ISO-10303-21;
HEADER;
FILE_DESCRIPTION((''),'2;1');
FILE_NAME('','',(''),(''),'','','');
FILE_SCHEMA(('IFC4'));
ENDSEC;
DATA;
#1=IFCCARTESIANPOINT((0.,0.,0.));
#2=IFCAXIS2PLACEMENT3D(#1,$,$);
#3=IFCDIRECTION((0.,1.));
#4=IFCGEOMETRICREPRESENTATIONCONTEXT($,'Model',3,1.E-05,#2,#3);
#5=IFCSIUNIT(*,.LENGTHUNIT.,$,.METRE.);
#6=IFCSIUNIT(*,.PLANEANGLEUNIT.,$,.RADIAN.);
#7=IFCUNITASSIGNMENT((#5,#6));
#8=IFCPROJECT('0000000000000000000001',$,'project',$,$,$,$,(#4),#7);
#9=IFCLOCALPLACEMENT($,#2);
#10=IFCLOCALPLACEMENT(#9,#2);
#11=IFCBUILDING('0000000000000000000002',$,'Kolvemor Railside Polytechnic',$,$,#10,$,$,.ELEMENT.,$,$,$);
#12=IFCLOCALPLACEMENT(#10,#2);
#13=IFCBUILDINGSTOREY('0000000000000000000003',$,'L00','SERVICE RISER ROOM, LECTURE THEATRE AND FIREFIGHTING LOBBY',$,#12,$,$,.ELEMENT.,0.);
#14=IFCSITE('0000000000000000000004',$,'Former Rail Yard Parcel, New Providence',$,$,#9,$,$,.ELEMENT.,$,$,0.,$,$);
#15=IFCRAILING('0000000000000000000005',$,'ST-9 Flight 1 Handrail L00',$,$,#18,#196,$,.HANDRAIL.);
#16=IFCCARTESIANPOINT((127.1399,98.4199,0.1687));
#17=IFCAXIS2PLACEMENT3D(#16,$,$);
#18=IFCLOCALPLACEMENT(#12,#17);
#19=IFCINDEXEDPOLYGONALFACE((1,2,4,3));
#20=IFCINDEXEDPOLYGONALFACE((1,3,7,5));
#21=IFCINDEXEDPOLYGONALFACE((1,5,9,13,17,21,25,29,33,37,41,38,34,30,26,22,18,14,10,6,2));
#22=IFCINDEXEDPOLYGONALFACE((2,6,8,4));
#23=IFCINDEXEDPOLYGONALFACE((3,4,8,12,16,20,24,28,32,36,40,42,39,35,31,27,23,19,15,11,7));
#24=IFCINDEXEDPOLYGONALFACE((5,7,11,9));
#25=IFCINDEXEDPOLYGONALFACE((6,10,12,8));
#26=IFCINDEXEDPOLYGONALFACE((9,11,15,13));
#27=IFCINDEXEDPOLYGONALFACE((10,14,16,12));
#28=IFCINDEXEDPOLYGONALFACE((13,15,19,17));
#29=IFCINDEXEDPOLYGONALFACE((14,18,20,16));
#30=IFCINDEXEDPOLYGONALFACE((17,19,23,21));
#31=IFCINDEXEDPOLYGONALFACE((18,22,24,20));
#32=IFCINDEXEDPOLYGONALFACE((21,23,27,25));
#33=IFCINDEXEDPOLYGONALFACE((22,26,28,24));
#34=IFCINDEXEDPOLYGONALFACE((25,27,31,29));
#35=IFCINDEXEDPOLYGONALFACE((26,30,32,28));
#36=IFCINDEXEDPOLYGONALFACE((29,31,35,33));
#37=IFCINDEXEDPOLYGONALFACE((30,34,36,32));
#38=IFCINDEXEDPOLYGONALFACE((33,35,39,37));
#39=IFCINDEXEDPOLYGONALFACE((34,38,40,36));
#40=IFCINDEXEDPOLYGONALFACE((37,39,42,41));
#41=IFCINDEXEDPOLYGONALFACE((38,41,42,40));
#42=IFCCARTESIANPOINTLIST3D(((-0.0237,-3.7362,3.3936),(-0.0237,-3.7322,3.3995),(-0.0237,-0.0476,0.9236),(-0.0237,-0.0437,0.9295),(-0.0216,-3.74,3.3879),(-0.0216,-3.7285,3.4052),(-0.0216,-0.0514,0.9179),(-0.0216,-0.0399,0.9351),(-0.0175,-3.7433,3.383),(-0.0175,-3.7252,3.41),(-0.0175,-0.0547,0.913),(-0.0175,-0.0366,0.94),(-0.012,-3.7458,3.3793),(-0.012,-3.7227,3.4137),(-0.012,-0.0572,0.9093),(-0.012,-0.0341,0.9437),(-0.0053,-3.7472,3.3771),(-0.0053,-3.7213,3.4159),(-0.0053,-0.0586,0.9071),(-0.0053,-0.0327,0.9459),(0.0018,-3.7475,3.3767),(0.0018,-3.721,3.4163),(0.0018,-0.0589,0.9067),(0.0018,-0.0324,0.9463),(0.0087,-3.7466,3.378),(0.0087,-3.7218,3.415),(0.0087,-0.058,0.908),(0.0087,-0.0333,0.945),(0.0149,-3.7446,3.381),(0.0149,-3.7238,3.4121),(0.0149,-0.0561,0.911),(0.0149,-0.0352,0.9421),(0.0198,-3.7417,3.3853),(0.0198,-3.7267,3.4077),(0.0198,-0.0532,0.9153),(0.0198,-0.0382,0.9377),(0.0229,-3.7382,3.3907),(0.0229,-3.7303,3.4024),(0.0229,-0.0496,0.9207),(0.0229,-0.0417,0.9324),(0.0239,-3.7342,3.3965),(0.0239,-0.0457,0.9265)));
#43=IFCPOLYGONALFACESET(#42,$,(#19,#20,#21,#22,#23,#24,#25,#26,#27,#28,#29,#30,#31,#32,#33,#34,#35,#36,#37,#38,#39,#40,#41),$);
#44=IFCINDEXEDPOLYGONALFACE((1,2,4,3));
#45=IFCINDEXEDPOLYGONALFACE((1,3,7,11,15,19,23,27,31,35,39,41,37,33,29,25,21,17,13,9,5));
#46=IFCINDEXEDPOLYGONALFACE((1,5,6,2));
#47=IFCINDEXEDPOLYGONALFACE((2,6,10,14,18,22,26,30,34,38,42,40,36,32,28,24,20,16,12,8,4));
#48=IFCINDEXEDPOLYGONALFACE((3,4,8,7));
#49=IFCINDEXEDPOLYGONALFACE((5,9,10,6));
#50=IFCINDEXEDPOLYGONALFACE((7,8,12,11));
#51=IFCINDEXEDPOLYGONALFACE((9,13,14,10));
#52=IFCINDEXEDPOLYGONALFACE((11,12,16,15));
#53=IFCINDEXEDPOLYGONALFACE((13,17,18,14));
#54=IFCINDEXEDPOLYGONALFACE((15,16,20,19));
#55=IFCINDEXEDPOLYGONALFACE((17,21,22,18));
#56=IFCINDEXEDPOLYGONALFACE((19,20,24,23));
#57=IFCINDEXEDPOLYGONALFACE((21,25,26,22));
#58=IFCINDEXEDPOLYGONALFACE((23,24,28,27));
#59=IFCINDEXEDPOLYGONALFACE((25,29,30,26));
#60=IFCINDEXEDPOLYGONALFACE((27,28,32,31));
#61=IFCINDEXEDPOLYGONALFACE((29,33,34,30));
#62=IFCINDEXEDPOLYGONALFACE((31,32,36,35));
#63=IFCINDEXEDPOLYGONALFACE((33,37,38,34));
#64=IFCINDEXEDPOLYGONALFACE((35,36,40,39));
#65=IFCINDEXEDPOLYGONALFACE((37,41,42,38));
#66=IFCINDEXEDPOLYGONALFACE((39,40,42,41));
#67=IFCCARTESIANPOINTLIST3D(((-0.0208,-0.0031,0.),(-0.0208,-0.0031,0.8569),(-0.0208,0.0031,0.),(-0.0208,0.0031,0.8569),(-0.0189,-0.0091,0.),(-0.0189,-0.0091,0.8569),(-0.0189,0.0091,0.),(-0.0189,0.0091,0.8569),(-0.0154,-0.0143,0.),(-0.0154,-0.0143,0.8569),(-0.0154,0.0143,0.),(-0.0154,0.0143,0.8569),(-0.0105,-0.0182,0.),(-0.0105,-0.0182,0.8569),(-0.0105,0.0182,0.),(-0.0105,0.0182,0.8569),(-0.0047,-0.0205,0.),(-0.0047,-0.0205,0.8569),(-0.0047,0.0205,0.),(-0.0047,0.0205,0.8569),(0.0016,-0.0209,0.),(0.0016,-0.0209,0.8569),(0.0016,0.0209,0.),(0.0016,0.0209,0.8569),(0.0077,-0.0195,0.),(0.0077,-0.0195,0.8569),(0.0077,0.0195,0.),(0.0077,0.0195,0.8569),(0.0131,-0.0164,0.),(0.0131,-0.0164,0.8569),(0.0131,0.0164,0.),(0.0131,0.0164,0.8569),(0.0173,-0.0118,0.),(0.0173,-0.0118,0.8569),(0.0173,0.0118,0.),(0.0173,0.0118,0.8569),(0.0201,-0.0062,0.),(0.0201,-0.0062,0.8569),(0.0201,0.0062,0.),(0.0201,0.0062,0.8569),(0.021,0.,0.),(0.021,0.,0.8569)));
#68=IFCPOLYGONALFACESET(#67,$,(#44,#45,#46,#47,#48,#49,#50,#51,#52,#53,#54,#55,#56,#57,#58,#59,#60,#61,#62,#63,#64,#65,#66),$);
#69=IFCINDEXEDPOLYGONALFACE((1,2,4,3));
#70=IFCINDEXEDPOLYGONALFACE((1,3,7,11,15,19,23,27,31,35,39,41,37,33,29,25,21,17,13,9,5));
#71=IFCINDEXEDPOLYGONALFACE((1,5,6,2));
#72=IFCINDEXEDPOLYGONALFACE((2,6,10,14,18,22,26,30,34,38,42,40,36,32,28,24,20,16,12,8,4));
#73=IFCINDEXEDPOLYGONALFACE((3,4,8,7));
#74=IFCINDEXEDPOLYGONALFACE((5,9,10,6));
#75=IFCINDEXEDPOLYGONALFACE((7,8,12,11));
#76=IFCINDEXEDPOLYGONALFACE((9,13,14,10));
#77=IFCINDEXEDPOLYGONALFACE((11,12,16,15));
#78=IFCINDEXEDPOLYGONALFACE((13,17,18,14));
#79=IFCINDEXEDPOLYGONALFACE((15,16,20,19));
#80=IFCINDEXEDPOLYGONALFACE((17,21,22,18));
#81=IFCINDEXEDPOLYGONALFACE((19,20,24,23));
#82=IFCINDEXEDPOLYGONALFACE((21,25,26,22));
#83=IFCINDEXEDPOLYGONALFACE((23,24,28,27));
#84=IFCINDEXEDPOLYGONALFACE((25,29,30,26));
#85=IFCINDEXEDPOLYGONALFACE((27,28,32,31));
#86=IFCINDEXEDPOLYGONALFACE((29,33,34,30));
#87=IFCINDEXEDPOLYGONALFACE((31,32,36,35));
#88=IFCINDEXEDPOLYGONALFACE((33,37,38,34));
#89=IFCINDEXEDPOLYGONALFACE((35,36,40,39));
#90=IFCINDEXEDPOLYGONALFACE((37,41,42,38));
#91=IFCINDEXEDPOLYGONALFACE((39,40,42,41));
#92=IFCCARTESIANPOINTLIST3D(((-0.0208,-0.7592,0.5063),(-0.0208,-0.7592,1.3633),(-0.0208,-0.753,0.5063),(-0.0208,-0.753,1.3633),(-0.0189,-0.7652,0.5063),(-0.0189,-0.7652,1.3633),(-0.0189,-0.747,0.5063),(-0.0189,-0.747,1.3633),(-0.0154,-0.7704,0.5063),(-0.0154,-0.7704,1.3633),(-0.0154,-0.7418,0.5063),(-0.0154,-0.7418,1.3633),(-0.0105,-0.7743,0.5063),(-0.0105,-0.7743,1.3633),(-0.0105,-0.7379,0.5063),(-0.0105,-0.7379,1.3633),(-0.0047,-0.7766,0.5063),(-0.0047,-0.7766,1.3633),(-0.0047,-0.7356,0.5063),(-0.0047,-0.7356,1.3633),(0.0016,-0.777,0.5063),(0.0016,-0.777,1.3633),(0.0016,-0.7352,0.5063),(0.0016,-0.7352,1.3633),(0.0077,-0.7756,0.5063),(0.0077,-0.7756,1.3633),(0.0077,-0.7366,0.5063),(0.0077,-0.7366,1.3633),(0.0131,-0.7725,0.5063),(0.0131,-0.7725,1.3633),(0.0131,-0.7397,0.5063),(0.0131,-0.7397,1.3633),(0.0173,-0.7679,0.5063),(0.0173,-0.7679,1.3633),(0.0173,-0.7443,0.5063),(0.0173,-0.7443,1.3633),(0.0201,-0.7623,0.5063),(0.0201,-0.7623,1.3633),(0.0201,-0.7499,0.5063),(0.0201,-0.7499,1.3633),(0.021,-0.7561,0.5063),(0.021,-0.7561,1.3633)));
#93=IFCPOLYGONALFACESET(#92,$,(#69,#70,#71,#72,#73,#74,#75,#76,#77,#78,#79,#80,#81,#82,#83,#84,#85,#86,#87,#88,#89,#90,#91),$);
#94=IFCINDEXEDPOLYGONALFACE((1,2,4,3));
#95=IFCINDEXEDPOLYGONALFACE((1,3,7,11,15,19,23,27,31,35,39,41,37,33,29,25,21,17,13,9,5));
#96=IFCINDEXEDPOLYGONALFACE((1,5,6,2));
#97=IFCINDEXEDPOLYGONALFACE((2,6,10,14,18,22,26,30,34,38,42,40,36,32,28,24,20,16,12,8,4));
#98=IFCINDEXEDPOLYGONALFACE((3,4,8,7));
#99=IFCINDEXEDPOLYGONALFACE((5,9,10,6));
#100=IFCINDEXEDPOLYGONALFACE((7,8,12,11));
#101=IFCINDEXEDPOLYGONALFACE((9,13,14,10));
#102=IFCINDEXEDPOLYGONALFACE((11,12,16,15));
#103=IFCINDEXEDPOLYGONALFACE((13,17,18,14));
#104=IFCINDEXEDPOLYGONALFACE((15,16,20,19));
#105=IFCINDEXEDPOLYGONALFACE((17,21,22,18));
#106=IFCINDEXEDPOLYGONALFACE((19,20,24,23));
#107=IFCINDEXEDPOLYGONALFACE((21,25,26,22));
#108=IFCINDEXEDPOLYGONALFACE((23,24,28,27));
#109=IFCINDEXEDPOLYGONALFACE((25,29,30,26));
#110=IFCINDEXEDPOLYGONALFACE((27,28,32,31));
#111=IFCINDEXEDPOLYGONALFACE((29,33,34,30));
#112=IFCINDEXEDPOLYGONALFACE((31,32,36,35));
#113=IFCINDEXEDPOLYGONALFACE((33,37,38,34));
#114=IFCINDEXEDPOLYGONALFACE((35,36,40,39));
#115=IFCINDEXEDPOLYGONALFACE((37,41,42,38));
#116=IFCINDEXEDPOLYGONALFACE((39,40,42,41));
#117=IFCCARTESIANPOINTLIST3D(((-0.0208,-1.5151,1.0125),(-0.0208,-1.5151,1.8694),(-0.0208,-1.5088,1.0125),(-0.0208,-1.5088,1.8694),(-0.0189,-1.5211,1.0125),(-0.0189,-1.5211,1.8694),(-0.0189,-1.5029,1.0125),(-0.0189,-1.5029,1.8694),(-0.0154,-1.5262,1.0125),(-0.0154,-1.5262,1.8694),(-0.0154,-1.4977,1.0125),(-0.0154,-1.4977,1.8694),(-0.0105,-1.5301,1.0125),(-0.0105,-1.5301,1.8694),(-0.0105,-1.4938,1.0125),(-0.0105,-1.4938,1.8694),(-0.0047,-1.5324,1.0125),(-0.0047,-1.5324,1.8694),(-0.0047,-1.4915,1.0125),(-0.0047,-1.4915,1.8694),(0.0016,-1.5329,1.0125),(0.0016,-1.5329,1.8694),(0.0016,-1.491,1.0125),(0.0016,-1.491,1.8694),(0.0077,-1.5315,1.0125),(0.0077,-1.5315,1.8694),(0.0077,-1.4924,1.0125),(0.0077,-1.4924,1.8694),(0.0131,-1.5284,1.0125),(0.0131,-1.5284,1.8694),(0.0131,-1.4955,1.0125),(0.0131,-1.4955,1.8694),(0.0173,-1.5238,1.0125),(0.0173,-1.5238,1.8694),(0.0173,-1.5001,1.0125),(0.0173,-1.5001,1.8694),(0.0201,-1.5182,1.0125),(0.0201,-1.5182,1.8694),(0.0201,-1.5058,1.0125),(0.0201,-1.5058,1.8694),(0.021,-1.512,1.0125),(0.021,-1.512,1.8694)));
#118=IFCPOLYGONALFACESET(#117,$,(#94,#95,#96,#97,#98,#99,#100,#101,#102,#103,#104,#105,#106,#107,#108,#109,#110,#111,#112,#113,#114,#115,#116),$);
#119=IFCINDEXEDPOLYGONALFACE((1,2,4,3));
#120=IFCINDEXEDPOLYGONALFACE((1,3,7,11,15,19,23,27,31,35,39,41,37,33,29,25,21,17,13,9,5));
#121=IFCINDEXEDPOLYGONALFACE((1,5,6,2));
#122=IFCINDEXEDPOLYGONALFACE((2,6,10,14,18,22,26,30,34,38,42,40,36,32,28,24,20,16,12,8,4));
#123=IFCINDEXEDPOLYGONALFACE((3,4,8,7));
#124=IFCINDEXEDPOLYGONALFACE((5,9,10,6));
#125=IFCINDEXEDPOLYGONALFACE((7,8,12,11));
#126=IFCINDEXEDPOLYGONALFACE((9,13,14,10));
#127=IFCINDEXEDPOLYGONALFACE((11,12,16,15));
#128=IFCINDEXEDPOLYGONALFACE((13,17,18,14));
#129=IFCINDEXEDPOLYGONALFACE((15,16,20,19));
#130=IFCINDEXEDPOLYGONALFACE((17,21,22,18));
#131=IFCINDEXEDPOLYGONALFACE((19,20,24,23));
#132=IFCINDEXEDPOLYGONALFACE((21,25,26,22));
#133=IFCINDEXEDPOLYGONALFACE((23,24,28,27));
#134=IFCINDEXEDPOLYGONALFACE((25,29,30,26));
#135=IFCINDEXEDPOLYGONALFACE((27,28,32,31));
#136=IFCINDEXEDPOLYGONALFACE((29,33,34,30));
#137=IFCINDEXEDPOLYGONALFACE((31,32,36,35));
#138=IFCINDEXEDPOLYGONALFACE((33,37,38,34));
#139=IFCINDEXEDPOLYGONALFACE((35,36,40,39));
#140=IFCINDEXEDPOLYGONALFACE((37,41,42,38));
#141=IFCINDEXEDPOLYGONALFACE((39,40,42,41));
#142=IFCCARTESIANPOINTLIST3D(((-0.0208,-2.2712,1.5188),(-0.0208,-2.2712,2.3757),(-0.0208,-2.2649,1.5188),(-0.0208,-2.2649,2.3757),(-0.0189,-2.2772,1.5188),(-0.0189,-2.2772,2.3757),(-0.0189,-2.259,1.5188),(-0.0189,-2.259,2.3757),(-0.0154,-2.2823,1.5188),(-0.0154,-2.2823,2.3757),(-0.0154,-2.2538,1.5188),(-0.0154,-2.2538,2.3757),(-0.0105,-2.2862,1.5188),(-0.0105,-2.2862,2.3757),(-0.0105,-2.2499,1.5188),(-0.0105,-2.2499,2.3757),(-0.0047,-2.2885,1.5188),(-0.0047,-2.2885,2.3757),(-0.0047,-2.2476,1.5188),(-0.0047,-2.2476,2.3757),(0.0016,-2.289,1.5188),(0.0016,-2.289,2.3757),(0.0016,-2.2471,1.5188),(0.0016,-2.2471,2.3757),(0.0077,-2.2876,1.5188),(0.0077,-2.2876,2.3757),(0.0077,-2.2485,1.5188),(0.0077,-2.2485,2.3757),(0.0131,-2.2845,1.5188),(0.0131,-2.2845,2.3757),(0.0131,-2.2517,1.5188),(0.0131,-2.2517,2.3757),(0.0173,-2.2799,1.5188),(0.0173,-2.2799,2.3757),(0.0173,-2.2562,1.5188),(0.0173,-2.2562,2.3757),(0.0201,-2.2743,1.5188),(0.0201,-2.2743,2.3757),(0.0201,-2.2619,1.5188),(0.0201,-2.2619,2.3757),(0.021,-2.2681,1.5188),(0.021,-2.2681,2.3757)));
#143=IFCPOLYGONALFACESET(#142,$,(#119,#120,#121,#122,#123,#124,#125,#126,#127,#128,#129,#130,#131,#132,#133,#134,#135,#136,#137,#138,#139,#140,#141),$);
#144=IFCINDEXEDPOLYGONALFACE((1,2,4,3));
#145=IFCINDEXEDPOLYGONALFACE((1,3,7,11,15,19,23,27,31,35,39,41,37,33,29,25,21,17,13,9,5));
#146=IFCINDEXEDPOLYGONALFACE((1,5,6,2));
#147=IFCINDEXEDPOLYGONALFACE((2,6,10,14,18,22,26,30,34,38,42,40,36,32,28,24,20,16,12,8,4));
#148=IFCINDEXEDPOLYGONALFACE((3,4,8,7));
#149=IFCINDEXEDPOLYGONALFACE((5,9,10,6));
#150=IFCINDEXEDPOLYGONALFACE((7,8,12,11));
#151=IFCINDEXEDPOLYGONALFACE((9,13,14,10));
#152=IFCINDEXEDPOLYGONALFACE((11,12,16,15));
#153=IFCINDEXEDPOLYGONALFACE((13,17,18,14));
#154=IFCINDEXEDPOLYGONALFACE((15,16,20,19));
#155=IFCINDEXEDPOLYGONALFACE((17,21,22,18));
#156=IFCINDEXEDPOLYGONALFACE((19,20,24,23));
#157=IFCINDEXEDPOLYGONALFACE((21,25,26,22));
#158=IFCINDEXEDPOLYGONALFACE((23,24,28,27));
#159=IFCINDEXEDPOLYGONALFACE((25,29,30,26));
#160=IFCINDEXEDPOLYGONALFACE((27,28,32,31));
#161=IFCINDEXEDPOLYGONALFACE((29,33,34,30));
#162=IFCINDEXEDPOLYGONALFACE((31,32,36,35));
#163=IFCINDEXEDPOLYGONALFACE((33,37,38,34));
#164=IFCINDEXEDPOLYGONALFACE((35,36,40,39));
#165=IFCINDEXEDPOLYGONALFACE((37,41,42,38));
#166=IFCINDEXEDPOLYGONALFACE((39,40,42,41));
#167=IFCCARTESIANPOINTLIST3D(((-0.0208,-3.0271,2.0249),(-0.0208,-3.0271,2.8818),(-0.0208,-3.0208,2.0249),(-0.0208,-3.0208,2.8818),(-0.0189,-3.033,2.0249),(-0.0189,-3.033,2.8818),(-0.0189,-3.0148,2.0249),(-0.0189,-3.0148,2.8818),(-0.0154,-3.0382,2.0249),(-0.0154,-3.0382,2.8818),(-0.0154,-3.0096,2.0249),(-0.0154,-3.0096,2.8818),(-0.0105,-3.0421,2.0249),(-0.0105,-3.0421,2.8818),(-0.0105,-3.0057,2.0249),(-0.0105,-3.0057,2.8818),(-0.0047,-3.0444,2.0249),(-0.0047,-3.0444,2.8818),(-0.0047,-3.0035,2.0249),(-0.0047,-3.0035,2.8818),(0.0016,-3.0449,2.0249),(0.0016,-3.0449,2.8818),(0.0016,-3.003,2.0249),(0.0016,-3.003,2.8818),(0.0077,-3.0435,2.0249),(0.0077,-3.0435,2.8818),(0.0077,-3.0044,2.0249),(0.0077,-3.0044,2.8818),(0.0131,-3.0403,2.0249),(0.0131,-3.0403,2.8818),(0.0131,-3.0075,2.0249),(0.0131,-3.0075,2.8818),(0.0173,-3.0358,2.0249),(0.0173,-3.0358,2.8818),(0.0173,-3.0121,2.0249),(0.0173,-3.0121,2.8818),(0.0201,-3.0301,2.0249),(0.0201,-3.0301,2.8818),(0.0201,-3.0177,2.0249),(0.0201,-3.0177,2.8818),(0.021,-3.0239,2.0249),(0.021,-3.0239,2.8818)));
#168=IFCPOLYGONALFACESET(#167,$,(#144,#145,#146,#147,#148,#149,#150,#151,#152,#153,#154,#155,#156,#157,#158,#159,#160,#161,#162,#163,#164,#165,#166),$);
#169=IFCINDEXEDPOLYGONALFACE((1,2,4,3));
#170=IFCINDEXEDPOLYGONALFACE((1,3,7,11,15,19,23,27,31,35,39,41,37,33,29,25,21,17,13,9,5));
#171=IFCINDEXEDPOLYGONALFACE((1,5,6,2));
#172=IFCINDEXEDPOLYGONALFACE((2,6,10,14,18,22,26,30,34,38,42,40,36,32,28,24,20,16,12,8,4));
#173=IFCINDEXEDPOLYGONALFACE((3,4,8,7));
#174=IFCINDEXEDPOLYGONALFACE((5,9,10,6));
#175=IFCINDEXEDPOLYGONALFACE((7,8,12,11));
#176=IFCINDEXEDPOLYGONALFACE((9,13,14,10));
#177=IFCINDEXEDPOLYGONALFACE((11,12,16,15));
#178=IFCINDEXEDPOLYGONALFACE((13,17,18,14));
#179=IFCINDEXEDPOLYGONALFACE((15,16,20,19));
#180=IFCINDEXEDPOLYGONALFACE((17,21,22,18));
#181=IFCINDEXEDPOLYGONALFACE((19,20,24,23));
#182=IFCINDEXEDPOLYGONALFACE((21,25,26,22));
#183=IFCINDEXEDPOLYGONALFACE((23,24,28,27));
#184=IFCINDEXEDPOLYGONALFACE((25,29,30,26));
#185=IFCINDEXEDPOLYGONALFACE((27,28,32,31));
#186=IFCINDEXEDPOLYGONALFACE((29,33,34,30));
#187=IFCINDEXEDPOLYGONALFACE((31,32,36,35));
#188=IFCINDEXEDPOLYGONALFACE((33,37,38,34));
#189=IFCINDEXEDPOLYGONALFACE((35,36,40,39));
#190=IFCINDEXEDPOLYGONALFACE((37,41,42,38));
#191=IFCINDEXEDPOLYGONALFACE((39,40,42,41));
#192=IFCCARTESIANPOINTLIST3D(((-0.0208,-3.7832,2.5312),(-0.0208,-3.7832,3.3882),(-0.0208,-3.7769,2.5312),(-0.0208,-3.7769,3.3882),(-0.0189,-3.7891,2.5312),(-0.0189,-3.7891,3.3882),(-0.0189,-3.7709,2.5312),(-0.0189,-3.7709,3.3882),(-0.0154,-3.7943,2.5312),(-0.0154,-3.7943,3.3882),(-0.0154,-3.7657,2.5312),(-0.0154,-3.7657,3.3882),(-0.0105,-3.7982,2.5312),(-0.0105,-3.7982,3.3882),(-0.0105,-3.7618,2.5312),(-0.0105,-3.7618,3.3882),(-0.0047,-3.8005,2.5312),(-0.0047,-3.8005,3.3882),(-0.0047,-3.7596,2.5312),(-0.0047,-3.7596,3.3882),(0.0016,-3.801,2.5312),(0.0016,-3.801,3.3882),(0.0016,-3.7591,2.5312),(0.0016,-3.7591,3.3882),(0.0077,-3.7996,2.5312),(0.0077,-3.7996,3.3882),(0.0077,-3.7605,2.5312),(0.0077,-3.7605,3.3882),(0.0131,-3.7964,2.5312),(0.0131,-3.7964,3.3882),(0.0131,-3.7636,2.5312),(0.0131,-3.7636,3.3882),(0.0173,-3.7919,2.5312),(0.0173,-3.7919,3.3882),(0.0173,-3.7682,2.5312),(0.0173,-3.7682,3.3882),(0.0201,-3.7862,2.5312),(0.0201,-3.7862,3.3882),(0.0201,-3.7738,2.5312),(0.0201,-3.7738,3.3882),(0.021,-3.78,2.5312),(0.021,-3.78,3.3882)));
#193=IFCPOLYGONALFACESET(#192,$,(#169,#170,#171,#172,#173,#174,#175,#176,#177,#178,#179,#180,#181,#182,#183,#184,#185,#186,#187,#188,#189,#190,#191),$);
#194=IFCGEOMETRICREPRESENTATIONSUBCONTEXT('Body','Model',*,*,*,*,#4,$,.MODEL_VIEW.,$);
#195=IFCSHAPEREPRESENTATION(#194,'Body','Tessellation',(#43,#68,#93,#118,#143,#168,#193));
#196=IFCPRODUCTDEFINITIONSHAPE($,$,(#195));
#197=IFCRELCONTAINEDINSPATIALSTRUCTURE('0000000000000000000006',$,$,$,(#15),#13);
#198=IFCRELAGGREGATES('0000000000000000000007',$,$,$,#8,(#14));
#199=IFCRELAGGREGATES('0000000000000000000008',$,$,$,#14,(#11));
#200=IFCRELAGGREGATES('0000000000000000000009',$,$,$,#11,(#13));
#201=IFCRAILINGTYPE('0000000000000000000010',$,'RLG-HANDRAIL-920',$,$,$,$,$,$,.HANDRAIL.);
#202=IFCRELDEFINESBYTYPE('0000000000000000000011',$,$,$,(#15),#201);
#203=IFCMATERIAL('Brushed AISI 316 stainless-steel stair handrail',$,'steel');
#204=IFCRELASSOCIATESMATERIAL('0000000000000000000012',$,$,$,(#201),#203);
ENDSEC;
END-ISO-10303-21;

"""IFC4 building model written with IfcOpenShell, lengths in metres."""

from ifc_helpers import new_model, si_unit, direction, frame, origin, origin_2d, place, context, subcontext, project, spatial, circle, extrude, material, type_object, element, save


model = new_model("IFC4")

# Units and contexts
model_context = context("Model", 3, precision=1e-05, world=origin(), true_north=direction((0.0, 1.0)))
body_context = subcontext(model_context, "Body", "Model", "MODEL_VIEW")
ifc_project = project(units=[si_unit("LENGTHUNIT", "METRE"), si_unit("PLANEANGLEUNIT", "RADIAN")], contexts=[model_context])

# Site, building, storey
site_placement = place(None, origin())
site = spatial("IfcSite", under=ifc_project, at=site_placement, Name="Former Rail Yard Parcel, New Providence", CompositionType="ELEMENT", RefElevation=0.0)
building_placement = place(site_placement, origin())
building = spatial("IfcBuilding", under=site, at=building_placement, Name="Kolvemor Railside Polytechnic", CompositionType="ELEMENT")
storey_placement = place(building_placement, origin())
storey = spatial("IfcBuildingStorey", under=building, at=storey_placement, Name="L00", Description="SERVICE RISER ROOM, LECTURE THEATRE AND FIREFIGHTING LOBBY", CompositionType="ELEMENT", Elevation=0.0)

# Railing
ifc_material_1 = material(Name="Brushed AISI 316 stainless-steel stair handrail", Category="steel")
railing_type = type_object("IfcRailingType", Name="RLG-HANDRAIL-920", PredefinedType="HANDRAIL", material=ifc_material_1)
railing_placement = place(storey_placement, frame((127.1399, 98.4199, 0.1687)))
element("IfcRailing", 1, at=railing_placement, inside=storey, type_object=railing_type, Name="ST-9 Flight 1 Handrail L00", PredefinedType="HANDRAIL", context=body_context, shape_type="SweptSolid", body=[
    extrude(circle(Radius=0.0239, at=origin_2d()), frame((0.0, -0.0457, 0.9265), z_axis=(0.0, -0.830909, 0.556408), x_axis=(1.0, 0.0, 0.0)), (0.0, 0.0, 1.0), 4.4392),
    extrude(circle(Radius=0.021, at=origin_2d()), origin(), (0.0, 0.0, 1.0), 0.8569),
    extrude(circle(Radius=0.021, at=origin_2d()), frame((0.0, -0.7561, 0.5063)), (0.0, 0.0, 1.0), 0.8569),
    extrude(circle(Radius=0.021, at=origin_2d()), frame((0.0, -1.512, 1.0125)), (0.0, 0.0, 1.0), 0.8569),
    extrude(circle(Radius=0.021, at=origin_2d()), frame((0.0, -2.2681, 1.5188)), (0.0, 0.0, 1.0), 0.8569),
    extrude(circle(Radius=0.021, at=origin_2d()), frame((0.0, -3.0239, 2.0249)), (0.0, 0.0, 1.0), 0.8569),
    extrude(circle(Radius=0.021, at=origin_2d()), frame((0.0, -3.78, 2.5312)), (0.0, 0.0, 1.0), 0.8569),
])

save(model, "model.ifc")
